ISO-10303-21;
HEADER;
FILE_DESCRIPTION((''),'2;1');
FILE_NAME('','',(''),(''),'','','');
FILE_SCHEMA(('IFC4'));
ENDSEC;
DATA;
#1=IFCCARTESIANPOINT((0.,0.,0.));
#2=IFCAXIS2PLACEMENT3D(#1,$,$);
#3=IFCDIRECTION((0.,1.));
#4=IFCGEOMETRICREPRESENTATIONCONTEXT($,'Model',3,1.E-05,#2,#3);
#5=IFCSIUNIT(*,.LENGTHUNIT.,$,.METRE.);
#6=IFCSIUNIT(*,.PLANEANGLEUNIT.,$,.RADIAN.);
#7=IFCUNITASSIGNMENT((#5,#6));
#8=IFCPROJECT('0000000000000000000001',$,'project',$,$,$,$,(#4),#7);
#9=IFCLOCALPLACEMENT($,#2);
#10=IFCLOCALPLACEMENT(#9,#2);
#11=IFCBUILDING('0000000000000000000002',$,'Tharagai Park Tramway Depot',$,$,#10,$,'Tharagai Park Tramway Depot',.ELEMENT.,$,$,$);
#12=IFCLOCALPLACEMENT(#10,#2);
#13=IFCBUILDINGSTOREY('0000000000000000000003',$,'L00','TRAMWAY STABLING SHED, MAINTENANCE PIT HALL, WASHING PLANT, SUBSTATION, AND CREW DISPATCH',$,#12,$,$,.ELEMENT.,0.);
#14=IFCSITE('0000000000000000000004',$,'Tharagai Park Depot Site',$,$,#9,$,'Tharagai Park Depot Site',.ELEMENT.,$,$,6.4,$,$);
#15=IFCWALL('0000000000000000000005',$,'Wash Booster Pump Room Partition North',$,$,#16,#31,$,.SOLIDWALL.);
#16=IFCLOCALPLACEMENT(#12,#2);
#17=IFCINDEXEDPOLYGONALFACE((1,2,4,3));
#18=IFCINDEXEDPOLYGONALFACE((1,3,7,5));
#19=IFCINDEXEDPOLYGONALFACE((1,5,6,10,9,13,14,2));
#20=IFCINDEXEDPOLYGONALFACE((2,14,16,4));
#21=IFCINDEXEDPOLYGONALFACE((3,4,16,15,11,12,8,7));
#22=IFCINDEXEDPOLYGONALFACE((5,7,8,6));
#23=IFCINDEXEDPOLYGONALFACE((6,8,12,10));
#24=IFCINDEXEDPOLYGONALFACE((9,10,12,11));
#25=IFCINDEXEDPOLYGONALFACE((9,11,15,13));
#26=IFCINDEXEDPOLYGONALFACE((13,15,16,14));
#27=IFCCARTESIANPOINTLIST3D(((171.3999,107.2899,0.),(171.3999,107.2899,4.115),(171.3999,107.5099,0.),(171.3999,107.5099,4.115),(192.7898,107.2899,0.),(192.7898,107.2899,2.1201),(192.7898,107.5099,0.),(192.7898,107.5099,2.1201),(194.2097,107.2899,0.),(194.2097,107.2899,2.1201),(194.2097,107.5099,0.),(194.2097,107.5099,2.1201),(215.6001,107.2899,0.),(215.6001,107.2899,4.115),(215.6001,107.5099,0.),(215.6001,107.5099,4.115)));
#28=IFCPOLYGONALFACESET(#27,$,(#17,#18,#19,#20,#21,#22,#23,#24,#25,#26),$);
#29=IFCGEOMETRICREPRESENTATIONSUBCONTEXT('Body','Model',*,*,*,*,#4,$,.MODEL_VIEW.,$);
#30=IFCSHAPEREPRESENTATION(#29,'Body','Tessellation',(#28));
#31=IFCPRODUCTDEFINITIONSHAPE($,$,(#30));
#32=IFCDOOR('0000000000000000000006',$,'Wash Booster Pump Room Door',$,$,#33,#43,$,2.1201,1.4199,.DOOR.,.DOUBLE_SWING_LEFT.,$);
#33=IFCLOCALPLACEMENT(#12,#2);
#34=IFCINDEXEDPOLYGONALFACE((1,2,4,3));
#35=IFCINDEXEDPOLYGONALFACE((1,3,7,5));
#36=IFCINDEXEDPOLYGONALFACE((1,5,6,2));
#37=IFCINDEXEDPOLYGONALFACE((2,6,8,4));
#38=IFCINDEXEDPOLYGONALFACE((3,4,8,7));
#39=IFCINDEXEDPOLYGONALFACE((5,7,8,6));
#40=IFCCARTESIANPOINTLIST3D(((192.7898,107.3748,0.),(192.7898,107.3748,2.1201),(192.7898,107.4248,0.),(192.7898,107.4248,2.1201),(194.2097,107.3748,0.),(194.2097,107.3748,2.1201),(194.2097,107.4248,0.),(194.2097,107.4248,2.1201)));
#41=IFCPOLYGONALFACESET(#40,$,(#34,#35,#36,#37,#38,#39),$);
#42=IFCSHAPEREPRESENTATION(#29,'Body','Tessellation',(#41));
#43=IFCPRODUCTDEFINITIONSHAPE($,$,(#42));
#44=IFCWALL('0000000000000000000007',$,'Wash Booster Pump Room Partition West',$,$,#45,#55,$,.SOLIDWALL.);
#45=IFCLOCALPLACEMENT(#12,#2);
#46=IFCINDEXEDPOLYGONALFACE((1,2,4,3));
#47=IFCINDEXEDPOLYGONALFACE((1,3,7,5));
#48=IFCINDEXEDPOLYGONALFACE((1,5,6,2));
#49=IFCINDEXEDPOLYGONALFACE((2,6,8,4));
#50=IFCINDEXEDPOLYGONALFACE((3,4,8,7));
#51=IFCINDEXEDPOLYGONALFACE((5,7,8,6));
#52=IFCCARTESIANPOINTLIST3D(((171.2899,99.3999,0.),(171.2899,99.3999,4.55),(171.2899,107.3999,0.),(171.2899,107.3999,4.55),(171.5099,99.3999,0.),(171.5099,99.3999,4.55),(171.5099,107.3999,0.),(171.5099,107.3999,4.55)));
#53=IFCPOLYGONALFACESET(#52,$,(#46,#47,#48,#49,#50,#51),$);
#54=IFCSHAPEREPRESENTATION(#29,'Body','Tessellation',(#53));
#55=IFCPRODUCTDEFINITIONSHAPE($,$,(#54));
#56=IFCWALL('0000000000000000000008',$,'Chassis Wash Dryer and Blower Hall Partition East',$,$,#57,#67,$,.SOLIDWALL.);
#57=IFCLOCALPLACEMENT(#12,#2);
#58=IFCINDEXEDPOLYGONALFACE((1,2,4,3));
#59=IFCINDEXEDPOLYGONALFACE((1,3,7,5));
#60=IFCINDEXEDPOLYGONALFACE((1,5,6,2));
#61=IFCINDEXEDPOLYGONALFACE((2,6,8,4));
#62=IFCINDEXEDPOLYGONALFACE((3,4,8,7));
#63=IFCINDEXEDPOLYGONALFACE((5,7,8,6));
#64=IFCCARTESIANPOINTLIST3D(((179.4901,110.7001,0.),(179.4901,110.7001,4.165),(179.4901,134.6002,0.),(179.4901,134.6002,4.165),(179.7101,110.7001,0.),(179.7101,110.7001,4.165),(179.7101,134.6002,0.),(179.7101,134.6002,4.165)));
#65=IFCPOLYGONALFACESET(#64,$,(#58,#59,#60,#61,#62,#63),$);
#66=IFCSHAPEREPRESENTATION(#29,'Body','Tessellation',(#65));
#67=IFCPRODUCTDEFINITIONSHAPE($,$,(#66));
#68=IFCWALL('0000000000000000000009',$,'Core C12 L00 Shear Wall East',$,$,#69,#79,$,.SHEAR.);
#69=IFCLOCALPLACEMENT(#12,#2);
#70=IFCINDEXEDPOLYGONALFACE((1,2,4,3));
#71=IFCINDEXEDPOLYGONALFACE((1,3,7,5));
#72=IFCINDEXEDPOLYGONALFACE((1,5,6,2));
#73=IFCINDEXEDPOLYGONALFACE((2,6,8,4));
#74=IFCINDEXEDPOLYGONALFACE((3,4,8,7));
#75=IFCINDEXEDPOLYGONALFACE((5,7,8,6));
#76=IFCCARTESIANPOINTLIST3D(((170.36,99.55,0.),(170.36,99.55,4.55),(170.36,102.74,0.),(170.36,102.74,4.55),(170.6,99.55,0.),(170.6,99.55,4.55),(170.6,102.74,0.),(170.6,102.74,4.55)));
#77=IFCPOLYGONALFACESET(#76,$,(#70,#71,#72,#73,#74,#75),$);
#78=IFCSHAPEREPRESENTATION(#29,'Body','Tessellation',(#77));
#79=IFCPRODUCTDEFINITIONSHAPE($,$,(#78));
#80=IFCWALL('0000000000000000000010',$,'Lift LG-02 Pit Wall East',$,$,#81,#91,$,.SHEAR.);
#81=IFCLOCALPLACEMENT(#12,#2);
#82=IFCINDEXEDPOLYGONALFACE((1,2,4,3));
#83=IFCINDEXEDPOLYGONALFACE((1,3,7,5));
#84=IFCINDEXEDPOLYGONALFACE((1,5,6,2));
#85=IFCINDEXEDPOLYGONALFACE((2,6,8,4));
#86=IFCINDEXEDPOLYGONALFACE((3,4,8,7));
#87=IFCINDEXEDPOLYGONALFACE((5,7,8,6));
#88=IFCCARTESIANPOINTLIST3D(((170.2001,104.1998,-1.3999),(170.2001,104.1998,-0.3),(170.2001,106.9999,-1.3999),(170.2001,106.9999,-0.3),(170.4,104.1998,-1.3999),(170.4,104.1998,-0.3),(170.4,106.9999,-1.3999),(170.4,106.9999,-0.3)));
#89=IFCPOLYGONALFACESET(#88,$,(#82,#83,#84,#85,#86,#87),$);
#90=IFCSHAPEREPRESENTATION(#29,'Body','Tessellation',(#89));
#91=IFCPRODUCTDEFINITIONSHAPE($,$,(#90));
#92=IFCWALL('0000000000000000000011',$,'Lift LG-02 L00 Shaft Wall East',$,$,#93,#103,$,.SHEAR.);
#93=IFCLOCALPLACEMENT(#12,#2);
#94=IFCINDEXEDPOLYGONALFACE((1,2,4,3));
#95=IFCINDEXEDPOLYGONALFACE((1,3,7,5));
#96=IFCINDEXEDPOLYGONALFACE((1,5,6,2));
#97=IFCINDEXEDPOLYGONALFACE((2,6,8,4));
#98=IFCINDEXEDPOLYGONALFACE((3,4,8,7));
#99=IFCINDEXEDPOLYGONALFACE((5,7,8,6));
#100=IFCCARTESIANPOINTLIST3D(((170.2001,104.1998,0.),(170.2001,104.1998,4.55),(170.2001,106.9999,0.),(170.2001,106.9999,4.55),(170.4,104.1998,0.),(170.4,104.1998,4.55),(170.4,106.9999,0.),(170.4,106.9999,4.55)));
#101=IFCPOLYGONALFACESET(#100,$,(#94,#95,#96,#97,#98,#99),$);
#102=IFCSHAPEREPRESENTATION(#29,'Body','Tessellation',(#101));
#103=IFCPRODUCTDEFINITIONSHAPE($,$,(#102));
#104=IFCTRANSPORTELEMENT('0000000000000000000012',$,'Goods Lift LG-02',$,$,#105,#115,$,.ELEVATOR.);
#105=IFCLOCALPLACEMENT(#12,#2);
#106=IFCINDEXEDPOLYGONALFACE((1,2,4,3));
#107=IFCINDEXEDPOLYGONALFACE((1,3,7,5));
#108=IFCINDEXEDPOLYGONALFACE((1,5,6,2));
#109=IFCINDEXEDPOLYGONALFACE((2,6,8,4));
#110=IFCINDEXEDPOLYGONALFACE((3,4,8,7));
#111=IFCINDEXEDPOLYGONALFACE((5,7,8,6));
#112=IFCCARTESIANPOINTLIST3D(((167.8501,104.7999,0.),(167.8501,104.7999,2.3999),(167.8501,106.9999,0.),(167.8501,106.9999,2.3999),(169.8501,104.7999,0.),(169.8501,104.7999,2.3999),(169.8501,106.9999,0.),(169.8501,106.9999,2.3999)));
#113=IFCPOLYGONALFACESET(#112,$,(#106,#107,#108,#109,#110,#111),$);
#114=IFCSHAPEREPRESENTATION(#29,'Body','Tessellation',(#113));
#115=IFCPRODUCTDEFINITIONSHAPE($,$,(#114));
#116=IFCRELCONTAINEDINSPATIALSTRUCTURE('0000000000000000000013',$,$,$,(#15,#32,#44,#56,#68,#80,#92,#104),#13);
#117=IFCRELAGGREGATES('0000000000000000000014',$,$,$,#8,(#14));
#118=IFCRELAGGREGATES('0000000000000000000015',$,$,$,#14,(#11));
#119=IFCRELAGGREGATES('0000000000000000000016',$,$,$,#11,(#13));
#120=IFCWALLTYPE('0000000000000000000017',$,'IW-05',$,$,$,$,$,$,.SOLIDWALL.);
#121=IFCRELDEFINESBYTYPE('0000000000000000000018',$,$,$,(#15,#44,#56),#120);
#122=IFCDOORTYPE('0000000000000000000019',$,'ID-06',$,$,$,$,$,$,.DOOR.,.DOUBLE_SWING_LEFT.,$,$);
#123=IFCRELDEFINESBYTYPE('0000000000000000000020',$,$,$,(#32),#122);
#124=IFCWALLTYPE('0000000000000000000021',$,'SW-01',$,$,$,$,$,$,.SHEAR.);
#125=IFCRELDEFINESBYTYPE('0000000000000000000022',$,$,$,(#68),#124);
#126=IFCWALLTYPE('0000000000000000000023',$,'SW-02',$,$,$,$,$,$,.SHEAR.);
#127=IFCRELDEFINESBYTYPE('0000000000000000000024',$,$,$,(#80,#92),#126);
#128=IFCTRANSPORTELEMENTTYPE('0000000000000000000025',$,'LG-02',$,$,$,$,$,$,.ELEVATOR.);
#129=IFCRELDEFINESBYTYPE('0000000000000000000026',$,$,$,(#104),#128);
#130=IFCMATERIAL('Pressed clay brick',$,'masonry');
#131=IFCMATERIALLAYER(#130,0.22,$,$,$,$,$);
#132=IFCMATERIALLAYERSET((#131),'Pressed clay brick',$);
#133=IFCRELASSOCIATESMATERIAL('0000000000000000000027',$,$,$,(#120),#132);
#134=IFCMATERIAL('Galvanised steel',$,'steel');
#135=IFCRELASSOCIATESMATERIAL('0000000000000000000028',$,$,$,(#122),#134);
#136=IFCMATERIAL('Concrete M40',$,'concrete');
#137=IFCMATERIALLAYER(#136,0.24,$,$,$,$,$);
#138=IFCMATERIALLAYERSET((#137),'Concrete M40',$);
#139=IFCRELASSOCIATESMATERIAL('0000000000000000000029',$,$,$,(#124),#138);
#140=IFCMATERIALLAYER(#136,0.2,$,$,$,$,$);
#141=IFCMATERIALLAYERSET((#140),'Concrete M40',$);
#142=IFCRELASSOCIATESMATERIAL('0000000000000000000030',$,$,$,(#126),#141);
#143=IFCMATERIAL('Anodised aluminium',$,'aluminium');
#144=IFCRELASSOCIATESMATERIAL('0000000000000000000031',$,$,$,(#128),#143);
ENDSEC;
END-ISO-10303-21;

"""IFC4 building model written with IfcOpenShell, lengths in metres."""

from ifc_helpers import new_model, si_unit, direction, frame, frame_2d, origin, origin_2d, place, context, subcontext, project, spatial, rectangle, extrude, material, layer, layer_set, type_object, element, fill, save


model = new_model("IFC4")

# Units and contexts
model_context = context("Model", 3, precision=1e-05, world=origin(), true_north=direction((0.0, 1.0)))
body_context = subcontext(model_context, "Body", "Model", "MODEL_VIEW")
ifc_project = project(units=[si_unit("LENGTHUNIT", "METRE"), si_unit("PLANEANGLEUNIT", "RADIAN")], contexts=[model_context])

# Site, building, storey
site_placement = place(None, origin())
site = spatial("IfcSite", under=ifc_project, at=site_placement, Name="Tharagai Park Depot Site", LongName="Tharagai Park Depot Site", CompositionType="ELEMENT", RefElevation=6.4)
building_placement = place(site_placement, origin())
building = spatial("IfcBuilding", under=site, at=building_placement, Name="Tharagai Park Tramway Depot", LongName="Tharagai Park Tramway Depot", CompositionType="ELEMENT")
storey_placement = place(building_placement, origin())
storey = spatial("IfcBuildingStorey", under=building, at=storey_placement, Name="L00", Description="TRAMWAY STABLING SHED, MAINTENANCE PIT HALL, WASHING PLANT, SUBSTATION, AND CREW DISPATCH", CompositionType="ELEMENT", Elevation=0.0)

# Shared definitions
ifc_material_1 = material(Name="Concrete M40", Category="concrete")

# Shared definitions
ifc_material_2 = material(Name="Pressed clay brick", Category="masonry")
ifc_layer_1 = layer(ifc_material_2, 0.22)
ifc_layer_set_1 = layer_set([ifc_layer_1], Name="Pressed clay brick")
wall_type_1 = type_object("IfcWallType", Name="IW-05", PredefinedType="SOLIDWALL", material=ifc_layer_set_1)

# Wall, opening, door
wall_1_placement = place(storey_placement, frame((171.3999, 107.3999, 0.0), z_axis=(0.0, 0.0, 1.0), x_axis=(1.0, 0.0, 0.0)))
wall_1 = element("IfcWall", 1, at=wall_1_placement, inside=storey, type_object=wall_type_1, Name="Wash Booster Pump Room Partition North", PredefinedType="SOLIDWALL", context=body_context, shape_type="SweptSolid", body=[
    extrude(rectangle(XDim=44.2002, YDim=0.22, at=frame_2d((22.1001, 0.0))), origin(), (0.0, 0.0, 1.0), 4.115),
])
opening_placement = place(wall_1_placement, frame((21.3899, 0.0, 0.0)))
opening = element("IfcOpeningElement", 2, at=opening_placement, cuts=wall_1, PredefinedType="OPENING", context=body_context, shape_type="SweptSolid", body=[
    extrude(rectangle(XDim=1.4199, YDim=2.1201, at=frame_2d((0.71, 1.0601))), frame((0.0, 0.1199, 0.0), z_axis=(0.0, -1.0, 0.0), x_axis=(1.0, 0.0, 0.0)), (0.0, 0.0, 1.0), 0.24),
])
ifc_material_3 = material(Name="Galvanised steel", Category="steel")
door_type = type_object("IfcDoorType", Name="ID-06", OperationType="DOUBLE_SWING_LEFT", PredefinedType="DOOR", material=ifc_material_3)
door_placement = place(opening_placement, origin())
door = element("IfcDoor", 3, at=door_placement, inside=storey, type_object=door_type, Name="Wash Booster Pump Room Door", OperationType="DOUBLE_SWING_LEFT", OverallHeight=2.1201, OverallWidth=1.4199, PredefinedType="DOOR", context=body_context, shape_type="SweptSolid", body=[
    extrude(rectangle(XDim=1.4199, YDim=2.1201, at=frame_2d((0.71, 1.0601))), frame((0.0, 0.0249, 0.0), z_axis=(0.0, -1.0, 0.0), x_axis=(1.0, 0.0, 0.0)), (0.0, 0.0, 1.0), 0.05),
])
fill(opening, door)

# Walls
wall_2_placement = place(storey_placement, frame((171.3999, 99.3999, 0.0), z_axis=(0.0, 0.0, 1.0), x_axis=(0.0, 1.0, 0.0)))
element("IfcWall", 4, at=wall_2_placement, inside=storey, type_object=wall_type_1, Name="Wash Booster Pump Room Partition West", PredefinedType="SOLIDWALL", context=body_context, shape_type="SweptSolid", body=[
    extrude(rectangle(XDim=8.0, YDim=0.22, at=frame_2d((4.0, 0.0))), origin(), (0.0, 0.0, 1.0), 4.55),
])
wall_3_placement = place(storey_placement, frame((179.6001, 110.7, 0.0), z_axis=(0.0, 0.0, 1.0), x_axis=(0.0, 1.0, 0.0)))
element("IfcWall", 5, at=wall_3_placement, inside=storey, type_object=wall_type_1, Name="Chassis Wash Dryer and Blower Hall Partition East", PredefinedType="SOLIDWALL", context=body_context, shape_type="SweptSolid", body=[
    extrude(rectangle(XDim=23.9001, YDim=0.22, at=frame_2d((11.9502, 0.0))), origin(), (0.0, 0.0, 1.0), 4.165),
])
ifc_layer_2 = layer(ifc_material_1, 0.24)
ifc_layer_set_2 = layer_set([ifc_layer_2], Name="Concrete M40")
wall_type_2 = type_object("IfcWallType", Name="SW-01", PredefinedType="SHEAR", material=ifc_layer_set_2)
wall_4_placement = place(storey_placement, frame((170.48, 99.55, 0.0), z_axis=(0.0, 0.0, 1.0), x_axis=(0.0, 1.0, 0.0)))
element("IfcWall", 6, at=wall_4_placement, inside=storey, type_object=wall_type_2, Name="Core C12 L00 Shear Wall East", PredefinedType="SHEAR", context=body_context, shape_type="SweptSolid", body=[
    extrude(rectangle(XDim=3.1899, YDim=0.24, at=frame_2d((1.595, 0.0))), origin(), (0.0, 0.0, 1.0), 4.55),
])
ifc_layer_3 = layer(ifc_material_1, 0.2)
ifc_layer_set_3 = layer_set([ifc_layer_3], Name="Concrete M40")
wall_type_3 = type_object("IfcWallType", Name="SW-02", PredefinedType="SHEAR", material=ifc_layer_set_3)
wall_5_placement = place(storey_placement, frame((170.3, 104.2, -1.3999), z_axis=(0.0, 0.0, 1.0), x_axis=(0.0, 1.0, 0.0)))
element("IfcWall", 7, at=wall_5_placement, inside=storey, type_object=wall_type_3, Name="Lift LG-02 Pit Wall East", PredefinedType="SHEAR", context=body_context, shape_type="SweptSolid", body=[
    extrude(rectangle(XDim=2.8, YDim=0.2, at=frame_2d((1.3999, 0.0))), origin(), (0.0, 0.0, 1.0), 1.0999),
])
wall_6_placement = place(storey_placement, frame((170.3, 104.2, 0.0), z_axis=(0.0, 0.0, 1.0), x_axis=(0.0, 1.0, 0.0)))
element("IfcWall", 8, at=wall_6_placement, inside=storey, type_object=wall_type_3, Name="Lift LG-02 L00 Shaft Wall East", PredefinedType="SHEAR", context=body_context, shape_type="SweptSolid", body=[
    extrude(rectangle(XDim=2.8, YDim=0.2, at=frame_2d((1.3999, 0.0))), origin(), (0.0, 0.0, 1.0), 4.55),
])

# Transport element
ifc_material_4 = material(Name="Anodised aluminium", Category="aluminium")
transport_element_type = type_object("IfcTransportElementType", Name="LG-02", PredefinedType="ELEVATOR", material=ifc_material_4)
transport_element_placement = place(storey_placement, frame((168.8501, 105.8999, 0.0), z_axis=(0.0, 0.0, 1.0), x_axis=(1.0, 0.0, 0.0)))
element("IfcTransportElement", 9, at=transport_element_placement, inside=storey, type_object=transport_element_type, Name="Goods Lift LG-02", PredefinedType="ELEVATOR", context=body_context, shape_type="SweptSolid", body=[
    extrude(rectangle(XDim=2.0, YDim=2.2, at=origin_2d()), origin(), (0.0, 0.0, 1.0), 2.3999),
])

save(model, "model.ifc")
